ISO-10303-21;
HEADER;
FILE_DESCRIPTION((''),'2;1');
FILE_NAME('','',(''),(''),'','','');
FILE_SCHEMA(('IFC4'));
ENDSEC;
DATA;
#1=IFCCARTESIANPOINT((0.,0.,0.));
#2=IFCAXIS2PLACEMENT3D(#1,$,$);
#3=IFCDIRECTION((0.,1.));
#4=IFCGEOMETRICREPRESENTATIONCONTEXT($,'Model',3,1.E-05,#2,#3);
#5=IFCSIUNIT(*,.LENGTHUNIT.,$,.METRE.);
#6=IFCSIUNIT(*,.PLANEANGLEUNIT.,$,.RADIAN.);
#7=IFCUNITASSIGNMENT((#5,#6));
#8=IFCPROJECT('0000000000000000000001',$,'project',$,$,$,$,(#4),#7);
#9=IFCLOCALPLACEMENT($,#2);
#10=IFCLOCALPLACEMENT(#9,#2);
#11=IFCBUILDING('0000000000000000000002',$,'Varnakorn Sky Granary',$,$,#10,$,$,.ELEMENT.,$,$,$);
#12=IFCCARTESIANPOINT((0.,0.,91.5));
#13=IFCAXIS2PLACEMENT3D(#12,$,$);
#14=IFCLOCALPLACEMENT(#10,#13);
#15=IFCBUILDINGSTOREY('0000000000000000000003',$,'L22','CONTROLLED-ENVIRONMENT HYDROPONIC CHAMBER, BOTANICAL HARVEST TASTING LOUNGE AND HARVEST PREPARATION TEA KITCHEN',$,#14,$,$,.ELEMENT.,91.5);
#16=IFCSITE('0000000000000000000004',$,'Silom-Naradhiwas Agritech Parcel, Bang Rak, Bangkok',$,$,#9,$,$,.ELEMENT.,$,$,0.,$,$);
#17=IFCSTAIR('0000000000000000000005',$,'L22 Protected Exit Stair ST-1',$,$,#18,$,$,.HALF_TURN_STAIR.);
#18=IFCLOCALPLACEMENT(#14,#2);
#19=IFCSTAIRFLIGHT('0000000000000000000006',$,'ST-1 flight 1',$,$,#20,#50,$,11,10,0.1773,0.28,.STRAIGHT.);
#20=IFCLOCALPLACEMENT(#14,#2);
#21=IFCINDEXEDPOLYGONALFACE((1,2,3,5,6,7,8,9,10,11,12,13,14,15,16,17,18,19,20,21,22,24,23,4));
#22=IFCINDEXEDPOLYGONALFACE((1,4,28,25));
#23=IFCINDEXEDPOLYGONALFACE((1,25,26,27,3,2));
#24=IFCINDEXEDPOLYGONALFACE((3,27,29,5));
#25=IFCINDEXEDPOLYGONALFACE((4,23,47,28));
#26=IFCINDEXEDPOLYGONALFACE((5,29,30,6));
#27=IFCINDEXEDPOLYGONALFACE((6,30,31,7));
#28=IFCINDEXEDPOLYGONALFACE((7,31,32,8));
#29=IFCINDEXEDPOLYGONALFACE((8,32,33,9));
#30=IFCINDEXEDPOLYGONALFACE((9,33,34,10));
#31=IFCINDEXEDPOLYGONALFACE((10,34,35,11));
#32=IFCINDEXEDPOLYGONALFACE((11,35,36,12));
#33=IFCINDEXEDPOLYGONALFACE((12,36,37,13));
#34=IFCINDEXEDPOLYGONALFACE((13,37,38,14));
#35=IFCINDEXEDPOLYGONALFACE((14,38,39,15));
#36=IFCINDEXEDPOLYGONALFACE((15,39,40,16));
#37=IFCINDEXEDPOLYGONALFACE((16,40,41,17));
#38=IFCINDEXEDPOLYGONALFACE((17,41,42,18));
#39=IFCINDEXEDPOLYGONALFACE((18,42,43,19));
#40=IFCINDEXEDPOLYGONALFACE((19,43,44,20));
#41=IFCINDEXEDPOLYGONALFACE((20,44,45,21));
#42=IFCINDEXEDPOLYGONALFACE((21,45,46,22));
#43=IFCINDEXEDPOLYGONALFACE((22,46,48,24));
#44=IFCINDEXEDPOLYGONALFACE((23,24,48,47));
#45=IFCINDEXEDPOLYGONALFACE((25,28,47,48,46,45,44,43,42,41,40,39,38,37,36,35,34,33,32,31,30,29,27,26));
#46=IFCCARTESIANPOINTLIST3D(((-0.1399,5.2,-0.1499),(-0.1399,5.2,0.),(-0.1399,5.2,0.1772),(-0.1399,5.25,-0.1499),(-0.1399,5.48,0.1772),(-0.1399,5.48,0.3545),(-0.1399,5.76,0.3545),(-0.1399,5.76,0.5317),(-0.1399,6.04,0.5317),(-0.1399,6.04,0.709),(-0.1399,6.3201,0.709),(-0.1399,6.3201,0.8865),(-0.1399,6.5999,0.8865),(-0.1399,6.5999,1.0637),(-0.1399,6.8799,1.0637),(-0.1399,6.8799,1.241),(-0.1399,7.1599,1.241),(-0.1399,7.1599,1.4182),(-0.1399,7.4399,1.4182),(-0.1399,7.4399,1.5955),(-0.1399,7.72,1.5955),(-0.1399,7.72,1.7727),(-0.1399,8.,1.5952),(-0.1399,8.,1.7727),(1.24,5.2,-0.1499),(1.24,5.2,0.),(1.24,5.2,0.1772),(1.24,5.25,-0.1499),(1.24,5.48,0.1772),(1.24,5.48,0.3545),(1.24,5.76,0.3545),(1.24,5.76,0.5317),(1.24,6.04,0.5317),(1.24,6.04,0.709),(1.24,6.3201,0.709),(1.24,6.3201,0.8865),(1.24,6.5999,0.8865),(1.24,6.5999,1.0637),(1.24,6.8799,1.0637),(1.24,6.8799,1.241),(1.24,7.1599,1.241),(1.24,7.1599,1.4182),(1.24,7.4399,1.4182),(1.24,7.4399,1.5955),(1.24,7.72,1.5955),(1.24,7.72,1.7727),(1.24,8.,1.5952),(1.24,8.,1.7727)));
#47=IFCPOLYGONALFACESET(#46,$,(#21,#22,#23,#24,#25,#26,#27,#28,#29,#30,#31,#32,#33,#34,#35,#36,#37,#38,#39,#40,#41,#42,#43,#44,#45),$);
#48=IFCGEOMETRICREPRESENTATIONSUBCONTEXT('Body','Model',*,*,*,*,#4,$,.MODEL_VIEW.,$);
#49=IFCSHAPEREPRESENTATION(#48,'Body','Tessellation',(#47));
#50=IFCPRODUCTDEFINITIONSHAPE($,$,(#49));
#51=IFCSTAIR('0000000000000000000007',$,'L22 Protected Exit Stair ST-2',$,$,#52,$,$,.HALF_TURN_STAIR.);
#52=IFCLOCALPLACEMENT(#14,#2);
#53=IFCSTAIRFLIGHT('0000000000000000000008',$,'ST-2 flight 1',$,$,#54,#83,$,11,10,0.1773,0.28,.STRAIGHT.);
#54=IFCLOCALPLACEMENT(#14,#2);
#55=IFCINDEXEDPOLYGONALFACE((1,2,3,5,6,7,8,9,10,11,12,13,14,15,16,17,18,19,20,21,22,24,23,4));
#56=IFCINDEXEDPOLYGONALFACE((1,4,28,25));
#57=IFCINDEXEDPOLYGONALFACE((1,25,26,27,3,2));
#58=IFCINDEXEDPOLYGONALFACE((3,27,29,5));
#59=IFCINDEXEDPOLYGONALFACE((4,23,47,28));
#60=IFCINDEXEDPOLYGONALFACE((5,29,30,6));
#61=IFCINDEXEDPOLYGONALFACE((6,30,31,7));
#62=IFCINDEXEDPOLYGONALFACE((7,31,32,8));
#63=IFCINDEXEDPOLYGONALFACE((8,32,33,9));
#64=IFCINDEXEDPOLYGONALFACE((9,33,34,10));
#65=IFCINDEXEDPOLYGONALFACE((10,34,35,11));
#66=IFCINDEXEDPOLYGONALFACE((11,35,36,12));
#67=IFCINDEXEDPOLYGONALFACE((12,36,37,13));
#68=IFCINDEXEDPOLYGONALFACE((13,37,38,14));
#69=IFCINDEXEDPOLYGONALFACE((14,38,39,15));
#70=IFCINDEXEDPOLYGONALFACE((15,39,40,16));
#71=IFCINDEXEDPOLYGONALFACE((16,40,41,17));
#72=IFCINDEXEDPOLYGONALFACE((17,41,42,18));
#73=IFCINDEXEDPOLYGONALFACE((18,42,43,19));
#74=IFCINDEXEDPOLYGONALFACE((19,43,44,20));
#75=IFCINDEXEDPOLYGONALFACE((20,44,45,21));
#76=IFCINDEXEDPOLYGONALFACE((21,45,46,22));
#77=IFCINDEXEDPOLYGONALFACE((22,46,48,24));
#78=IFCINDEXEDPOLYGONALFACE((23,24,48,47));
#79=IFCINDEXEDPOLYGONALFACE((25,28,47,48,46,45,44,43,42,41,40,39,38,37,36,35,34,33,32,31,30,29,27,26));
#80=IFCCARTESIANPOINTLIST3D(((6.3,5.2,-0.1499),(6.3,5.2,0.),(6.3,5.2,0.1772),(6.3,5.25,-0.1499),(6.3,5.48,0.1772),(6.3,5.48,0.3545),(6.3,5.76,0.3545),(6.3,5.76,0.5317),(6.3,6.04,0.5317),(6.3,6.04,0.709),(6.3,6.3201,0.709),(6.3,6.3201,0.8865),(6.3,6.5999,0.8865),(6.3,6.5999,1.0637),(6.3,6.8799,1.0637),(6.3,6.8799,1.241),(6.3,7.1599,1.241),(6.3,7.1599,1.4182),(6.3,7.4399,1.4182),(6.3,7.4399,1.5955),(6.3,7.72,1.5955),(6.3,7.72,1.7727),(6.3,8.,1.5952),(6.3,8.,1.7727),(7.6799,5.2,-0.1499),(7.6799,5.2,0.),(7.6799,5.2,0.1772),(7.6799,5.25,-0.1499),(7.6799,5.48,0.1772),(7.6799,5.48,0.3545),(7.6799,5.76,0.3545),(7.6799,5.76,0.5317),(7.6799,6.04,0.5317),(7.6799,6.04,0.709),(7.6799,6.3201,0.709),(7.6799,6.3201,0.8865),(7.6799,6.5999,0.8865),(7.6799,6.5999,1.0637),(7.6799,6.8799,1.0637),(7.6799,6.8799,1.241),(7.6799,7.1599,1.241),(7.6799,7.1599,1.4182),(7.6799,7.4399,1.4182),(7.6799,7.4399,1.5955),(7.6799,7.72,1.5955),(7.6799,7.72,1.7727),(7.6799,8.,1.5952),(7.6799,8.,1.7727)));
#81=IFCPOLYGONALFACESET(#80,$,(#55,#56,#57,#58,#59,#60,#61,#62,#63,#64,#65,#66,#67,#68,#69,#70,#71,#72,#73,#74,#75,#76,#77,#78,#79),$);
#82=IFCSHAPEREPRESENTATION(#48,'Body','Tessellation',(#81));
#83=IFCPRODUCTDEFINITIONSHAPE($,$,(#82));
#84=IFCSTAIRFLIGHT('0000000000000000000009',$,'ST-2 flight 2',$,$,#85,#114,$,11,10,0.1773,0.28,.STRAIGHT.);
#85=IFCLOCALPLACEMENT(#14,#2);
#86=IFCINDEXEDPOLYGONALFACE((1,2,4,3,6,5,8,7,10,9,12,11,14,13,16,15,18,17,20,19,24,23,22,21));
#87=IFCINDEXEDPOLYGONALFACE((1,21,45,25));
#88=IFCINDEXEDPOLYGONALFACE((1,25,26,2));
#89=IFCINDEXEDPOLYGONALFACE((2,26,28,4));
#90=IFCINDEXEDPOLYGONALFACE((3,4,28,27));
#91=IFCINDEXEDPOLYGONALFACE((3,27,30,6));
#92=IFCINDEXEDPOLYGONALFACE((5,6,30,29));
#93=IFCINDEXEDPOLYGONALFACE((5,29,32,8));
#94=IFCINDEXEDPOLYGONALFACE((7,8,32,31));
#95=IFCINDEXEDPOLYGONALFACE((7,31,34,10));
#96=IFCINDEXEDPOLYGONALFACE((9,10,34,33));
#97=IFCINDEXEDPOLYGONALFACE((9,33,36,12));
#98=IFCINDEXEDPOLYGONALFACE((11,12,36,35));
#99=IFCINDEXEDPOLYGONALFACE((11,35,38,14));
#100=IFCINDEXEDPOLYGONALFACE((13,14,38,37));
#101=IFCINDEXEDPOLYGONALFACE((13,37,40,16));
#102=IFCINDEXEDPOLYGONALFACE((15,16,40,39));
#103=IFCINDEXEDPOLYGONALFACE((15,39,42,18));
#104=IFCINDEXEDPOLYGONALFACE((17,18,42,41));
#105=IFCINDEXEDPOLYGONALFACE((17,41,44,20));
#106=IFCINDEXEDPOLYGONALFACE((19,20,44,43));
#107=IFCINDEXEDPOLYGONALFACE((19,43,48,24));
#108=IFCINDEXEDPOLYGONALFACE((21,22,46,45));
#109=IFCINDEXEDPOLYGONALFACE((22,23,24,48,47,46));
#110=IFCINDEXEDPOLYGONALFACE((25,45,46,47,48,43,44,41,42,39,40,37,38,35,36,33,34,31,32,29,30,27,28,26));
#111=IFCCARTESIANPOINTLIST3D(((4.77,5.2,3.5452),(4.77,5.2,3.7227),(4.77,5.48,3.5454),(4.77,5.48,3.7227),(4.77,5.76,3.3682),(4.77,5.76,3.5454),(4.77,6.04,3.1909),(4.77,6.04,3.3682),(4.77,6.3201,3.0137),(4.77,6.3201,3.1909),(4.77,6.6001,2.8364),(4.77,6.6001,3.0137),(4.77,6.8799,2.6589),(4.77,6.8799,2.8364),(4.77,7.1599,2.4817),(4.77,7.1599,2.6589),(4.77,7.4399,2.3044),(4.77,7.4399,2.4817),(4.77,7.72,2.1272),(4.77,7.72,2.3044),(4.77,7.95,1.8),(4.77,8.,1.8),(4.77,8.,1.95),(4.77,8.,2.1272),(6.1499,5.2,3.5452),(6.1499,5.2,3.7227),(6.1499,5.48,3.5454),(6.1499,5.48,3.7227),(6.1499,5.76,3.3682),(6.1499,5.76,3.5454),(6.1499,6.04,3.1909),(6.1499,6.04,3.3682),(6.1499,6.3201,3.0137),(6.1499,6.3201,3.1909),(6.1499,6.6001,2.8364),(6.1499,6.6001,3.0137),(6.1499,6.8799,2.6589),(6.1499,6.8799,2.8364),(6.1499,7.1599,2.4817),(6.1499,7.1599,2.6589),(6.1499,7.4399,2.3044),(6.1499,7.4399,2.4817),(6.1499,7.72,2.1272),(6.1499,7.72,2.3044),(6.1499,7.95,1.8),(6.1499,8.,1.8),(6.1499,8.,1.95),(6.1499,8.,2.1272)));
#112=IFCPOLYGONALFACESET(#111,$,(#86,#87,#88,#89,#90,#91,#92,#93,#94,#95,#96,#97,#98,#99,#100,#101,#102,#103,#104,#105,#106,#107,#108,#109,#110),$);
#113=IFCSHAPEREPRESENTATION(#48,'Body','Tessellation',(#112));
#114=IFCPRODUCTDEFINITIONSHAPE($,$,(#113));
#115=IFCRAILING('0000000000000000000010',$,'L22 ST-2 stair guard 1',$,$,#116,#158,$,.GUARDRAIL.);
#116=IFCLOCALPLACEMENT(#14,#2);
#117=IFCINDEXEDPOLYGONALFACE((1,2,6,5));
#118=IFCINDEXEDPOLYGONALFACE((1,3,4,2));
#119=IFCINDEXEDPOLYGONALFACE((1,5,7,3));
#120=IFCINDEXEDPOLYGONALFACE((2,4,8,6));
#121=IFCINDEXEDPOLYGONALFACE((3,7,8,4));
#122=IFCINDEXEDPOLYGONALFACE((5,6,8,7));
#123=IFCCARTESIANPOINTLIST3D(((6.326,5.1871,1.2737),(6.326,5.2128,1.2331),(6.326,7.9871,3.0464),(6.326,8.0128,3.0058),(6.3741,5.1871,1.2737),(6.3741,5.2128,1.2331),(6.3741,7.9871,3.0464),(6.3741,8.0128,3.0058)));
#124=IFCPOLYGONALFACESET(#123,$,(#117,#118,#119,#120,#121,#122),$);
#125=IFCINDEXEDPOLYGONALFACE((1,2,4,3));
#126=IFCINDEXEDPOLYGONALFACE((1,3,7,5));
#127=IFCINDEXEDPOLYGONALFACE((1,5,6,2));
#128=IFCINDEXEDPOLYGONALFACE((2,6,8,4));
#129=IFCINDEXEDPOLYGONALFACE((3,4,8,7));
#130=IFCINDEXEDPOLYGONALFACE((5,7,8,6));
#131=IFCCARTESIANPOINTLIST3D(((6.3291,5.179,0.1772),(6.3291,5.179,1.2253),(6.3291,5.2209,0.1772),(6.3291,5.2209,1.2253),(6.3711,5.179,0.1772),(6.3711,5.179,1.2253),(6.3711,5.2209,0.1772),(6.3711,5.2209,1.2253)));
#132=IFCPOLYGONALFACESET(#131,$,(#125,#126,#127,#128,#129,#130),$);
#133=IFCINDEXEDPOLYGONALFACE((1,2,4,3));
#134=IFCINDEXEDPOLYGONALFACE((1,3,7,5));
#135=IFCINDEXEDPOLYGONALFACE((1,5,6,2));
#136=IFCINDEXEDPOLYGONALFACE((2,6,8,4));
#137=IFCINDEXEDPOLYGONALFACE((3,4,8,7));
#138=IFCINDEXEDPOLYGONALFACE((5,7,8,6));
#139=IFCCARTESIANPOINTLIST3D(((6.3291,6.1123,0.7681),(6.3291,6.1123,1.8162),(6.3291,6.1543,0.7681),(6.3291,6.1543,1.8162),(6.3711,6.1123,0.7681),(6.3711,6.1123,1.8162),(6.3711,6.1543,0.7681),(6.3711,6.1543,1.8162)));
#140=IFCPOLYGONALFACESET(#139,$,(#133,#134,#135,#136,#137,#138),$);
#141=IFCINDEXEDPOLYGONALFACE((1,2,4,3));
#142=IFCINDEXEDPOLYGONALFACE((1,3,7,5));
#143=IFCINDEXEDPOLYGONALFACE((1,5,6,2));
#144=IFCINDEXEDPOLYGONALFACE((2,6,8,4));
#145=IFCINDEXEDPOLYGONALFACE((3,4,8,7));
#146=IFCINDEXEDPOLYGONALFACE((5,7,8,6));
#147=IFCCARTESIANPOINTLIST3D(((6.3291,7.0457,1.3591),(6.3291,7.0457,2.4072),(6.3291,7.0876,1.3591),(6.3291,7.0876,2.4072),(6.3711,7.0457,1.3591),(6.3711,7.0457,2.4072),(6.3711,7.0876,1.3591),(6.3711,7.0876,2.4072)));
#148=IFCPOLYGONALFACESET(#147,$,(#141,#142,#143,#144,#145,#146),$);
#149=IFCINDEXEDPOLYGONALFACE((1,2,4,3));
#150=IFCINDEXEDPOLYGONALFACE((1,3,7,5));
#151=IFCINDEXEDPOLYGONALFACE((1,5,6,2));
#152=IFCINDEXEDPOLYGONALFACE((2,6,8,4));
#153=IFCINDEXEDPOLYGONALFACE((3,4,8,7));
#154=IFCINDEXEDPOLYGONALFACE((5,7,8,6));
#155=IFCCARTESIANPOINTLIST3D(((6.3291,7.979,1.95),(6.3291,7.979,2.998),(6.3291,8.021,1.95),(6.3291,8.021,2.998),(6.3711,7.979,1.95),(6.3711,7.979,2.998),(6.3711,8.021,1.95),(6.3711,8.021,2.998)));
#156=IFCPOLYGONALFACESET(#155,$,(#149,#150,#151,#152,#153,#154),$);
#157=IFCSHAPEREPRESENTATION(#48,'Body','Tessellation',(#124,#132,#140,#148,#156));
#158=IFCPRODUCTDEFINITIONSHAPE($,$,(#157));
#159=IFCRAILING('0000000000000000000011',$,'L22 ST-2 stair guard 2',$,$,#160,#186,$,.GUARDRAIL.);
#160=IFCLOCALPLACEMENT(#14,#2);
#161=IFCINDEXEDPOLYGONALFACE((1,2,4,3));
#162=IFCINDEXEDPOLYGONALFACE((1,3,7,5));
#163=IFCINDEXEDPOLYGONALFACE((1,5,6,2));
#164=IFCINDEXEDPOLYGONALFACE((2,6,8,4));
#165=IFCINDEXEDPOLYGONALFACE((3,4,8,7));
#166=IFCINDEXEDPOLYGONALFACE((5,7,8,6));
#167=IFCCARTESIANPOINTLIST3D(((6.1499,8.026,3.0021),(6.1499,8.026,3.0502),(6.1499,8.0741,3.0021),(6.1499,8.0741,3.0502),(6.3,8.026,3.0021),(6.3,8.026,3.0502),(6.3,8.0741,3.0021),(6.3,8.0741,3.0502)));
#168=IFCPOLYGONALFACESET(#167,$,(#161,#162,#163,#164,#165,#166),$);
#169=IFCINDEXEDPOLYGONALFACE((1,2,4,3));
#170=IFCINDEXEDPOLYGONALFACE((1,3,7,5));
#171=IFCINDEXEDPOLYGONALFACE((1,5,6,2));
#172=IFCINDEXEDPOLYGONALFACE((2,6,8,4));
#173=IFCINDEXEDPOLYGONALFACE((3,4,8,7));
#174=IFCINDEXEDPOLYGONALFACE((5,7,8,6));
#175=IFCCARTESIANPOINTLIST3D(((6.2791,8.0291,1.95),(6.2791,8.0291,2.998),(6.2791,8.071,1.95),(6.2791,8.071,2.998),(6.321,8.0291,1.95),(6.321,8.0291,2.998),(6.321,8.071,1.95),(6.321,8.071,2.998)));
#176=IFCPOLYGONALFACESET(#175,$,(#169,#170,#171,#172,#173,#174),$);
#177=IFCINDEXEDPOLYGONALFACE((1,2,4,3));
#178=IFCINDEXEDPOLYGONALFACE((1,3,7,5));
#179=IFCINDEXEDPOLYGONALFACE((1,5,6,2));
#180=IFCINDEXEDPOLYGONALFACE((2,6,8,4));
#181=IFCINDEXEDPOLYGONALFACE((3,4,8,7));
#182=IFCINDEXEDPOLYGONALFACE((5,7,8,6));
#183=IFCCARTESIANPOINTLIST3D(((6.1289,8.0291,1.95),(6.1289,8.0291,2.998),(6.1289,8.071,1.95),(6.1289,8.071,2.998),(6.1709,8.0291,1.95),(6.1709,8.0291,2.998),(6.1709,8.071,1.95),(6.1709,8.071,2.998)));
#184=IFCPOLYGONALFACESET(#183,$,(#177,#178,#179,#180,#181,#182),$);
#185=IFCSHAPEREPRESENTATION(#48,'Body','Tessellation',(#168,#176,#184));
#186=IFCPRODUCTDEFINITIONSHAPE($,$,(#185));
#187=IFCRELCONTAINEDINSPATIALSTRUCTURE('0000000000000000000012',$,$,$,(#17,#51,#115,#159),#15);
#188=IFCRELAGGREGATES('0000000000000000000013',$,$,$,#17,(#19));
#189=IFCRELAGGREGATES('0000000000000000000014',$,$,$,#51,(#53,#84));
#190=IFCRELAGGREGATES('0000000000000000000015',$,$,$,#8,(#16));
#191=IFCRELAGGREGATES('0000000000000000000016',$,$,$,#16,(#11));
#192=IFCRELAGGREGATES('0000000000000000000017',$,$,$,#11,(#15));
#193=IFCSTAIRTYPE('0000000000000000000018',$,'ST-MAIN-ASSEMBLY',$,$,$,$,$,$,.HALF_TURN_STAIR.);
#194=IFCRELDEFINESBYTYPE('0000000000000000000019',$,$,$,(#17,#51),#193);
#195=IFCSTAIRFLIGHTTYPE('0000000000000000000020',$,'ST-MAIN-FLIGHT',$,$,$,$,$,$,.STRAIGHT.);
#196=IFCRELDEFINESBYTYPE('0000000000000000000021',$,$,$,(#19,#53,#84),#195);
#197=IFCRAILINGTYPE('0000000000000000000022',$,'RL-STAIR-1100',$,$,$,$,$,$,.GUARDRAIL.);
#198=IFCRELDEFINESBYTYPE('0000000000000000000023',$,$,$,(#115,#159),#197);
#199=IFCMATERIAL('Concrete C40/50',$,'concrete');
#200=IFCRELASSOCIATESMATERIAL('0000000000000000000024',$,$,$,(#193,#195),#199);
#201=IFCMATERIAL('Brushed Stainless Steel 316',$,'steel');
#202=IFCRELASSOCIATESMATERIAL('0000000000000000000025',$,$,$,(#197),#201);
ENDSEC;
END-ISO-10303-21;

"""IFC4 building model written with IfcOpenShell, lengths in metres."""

from ifc_helpers import new_model, si_unit, direction, frame, origin, origin_2d, place, context, subcontext, project, spatial, polyline, rectangle, outline, extrude, material, type_object, element, aggregate, save


model = new_model("IFC4")

# Units and contexts
model_context = context("Model", 3, precision=1e-05, world=origin(), true_north=direction((0.0, 1.0)))
body_context = subcontext(model_context, "Body", "Model", "MODEL_VIEW")
ifc_project = project(units=[si_unit("LENGTHUNIT", "METRE"), si_unit("PLANEANGLEUNIT", "RADIAN")], contexts=[model_context])

# Site, building, storey
site_placement = place(None, origin())
site = spatial("IfcSite", under=ifc_project, at=site_placement, Name="Silom-Naradhiwas Agritech Parcel, Bang Rak, Bangkok", CompositionType="ELEMENT", RefElevation=0.0)
building_placement = place(site_placement, origin())
building = spatial("IfcBuilding", under=site, at=building_placement, Name="Varnakorn Sky Granary", CompositionType="ELEMENT")
storey_placement = place(building_placement, frame((0.0, 0.0, 91.5)))
storey = spatial("IfcBuildingStorey", under=building, at=storey_placement, Name="L22", Description="CONTROLLED-ENVIRONMENT HYDROPONIC CHAMBER, BOTANICAL HARVEST TASTING LOUNGE AND HARVEST PREPARATION TEA KITCHEN", CompositionType="ELEMENT", Elevation=91.5)

# Stair, stair flight
ifc_material_1 = material(Name="Concrete C40/50", Category="concrete")
stair_type = type_object("IfcStairType", Name="ST-MAIN-ASSEMBLY", PredefinedType="HALF_TURN_STAIR", material=ifc_material_1)
stair_1_placement = place(storey_placement, origin())
stair_1 = element("IfcStair", 1, at=stair_1_placement, inside=storey, type_object=stair_type, Name="L22 Protected Exit Stair ST-1", PredefinedType="HALF_TURN_STAIR")
stair_flight_type = type_object("IfcStairFlightType", Name="ST-MAIN-FLIGHT", PredefinedType="STRAIGHT", material=ifc_material_1)
stair_flight_1_placement = place(storey_placement, frame((0.55, 5.2, 0.0), z_axis=(0.0, 0.0, 1.0), x_axis=(0.0, 1.0, 0.0)))
stair_flight_1 = element("IfcStairFlight", 2, at=stair_flight_1_placement, type_object=stair_flight_type, Name="ST-1 flight 1", NumberOfRisers=11, NumberOfTreads=10, PredefinedType="STRAIGHT", RiserHeight=0.1773, TreadLength=0.28, context=body_context, shape_type="SweptSolid", body=[
    extrude(outline(polyline([(0.0, -0.1499), (0.0, 0.0), (0.0, 0.1772), (0.28, 0.1772), (0.28, 0.3545), (0.5601, 0.3545), (0.5601, 0.5317), (0.8401, 0.5317), (0.8401, 0.709), (1.1201, 0.709), (1.1201, 0.8865), (1.3999, 0.8865), (1.3999, 1.0637), (1.6799, 1.0637), (1.6799, 1.241), (1.96, 1.241), (1.96, 1.4182), (2.24, 1.4182), (2.24, 1.5955), (2.52, 1.5955), (2.52, 1.7727), (2.8, 1.7727), (2.8, 1.95), (2.8, 1.5952), (0.05, -0.1499), (0.0, -0.1499)])), frame((0.0, 0.6899, 0.0), z_axis=(0.0, -1.0, 0.0), x_axis=(1.0, 0.0, 0.0)), (0.0, 0.0, 1.0), 1.3799),
])
aggregate(stair_1, [stair_flight_1])

# Stair, stair flights
stair_2_placement = place(storey_placement, origin())
stair_2 = element("IfcStair", 3, at=stair_2_placement, inside=storey, type_object=stair_type, Name="L22 Protected Exit Stair ST-2", PredefinedType="HALF_TURN_STAIR")
stair_flight_2_placement = place(storey_placement, frame((6.99, 5.2, 0.0), z_axis=(0.0, 0.0, 1.0), x_axis=(0.0, 1.0, 0.0)))
stair_flight_2 = element("IfcStairFlight", 4, at=stair_flight_2_placement, type_object=stair_flight_type, Name="ST-2 flight 1", NumberOfRisers=11, NumberOfTreads=10, PredefinedType="STRAIGHT", RiserHeight=0.1773, TreadLength=0.28, context=body_context, shape_type="SweptSolid", body=[
    extrude(outline(polyline([(0.0, -0.1499), (0.0, 0.0), (0.0, 0.1772), (0.28, 0.1772), (0.28, 0.3545), (0.5601, 0.3545), (0.5601, 0.5317), (0.8401, 0.5317), (0.8401, 0.709), (1.1201, 0.709), (1.1201, 0.8865), (1.3999, 0.8865), (1.3999, 1.0637), (1.6799, 1.0637), (1.6799, 1.241), (1.96, 1.241), (1.96, 1.4182), (2.24, 1.4182), (2.24, 1.5955), (2.52, 1.5955), (2.52, 1.7727), (2.8, 1.7727), (2.8, 1.95), (2.8, 1.5952), (0.05, -0.1499), (0.0, -0.1499)])), frame((0.0, 0.6899, 0.0), z_axis=(0.0, -1.0, 0.0), x_axis=(1.0, 0.0, 0.0)), (0.0, 0.0, 1.0), 1.3799),
])
stair_flight_3_placement = place(storey_placement, frame((5.46, 8.0, 1.95), z_axis=(0.0, 0.0, 1.0), x_axis=(0.0, -1.0, 0.0)))
stair_flight_3 = element("IfcStairFlight", 5, at=stair_flight_3_placement, type_object=stair_flight_type, Name="ST-2 flight 2", NumberOfRisers=11, NumberOfTreads=10, PredefinedType="STRAIGHT", RiserHeight=0.1773, TreadLength=0.28, context=body_context, shape_type="SweptSolid", body=[
    extrude(outline(polyline([(0.0, -0.1499), (0.0, 0.0), (0.0, 0.1772), (0.28, 0.1772), (0.28, 0.3545), (0.5601, 0.3545), (0.5601, 0.5317), (0.8401, 0.5317), (0.8401, 0.709), (1.1201, 0.709), (1.1201, 0.8865), (1.3999, 0.8865), (1.3999, 1.0637), (1.6799, 1.0637), (1.6799, 1.241), (1.96, 1.241), (1.96, 1.4182), (2.24, 1.4182), (2.24, 1.5955), (2.52, 1.5955), (2.52, 1.7727), (2.8, 1.7727), (2.8, 1.95), (2.8, 1.5952), (0.05, -0.1499), (0.0, -0.1499)])), frame((0.0, 0.6899, 0.0), z_axis=(0.0, -1.0, 0.0), x_axis=(1.0, 0.0, 0.0)), (0.0, 0.0, 1.0), 1.3799),
])
aggregate(stair_2, [stair_flight_2, stair_flight_3])

# Railings
ifc_material_2 = material(Name="Brushed Stainless Steel 316", Category="steel")
railing_type_1 = type_object("IfcRailingType", Name="RL-STAIR-1100", PredefinedType="GUARDRAIL", material=ifc_material_2)
railing_1_placement = place(storey_placement, frame((6.3501, 5.2, 0.1772)))
element("IfcRailing", 6, at=railing_1_placement, inside=storey, type_object=railing_type_1, Name="L22 ST-2 stair guard 1", PredefinedType="GUARDRAIL", context=body_context, shape_type="SweptSolid", body=[
    extrude(rectangle(XDim=0.0481, YDim=0.0481, at=origin_2d()), frame((0.0, 0.0, 1.0762), z_axis=(0.0, 0.844909, 0.53491), x_axis=(-1.0, 0.0, 0.0)), (0.0, 0.0, 1.0), 3.314),
    extrude(rectangle(XDim=0.042, YDim=0.042, at=origin_2d()), origin(), (0.0, 0.0, 1.0), 1.0481),
    extrude(rectangle(XDim=0.042, YDim=0.042, at=origin_2d()), frame((0.0, 0.9333, 0.5908)), (0.0, 0.0, 1.0), 1.0481),
    extrude(rectangle(XDim=0.042, YDim=0.042, at=origin_2d()), frame((0.0, 1.8667, 1.1819)), (0.0, 0.0, 1.0), 1.0481),
    extrude(rectangle(XDim=0.042, YDim=0.042, at=origin_2d()), frame((0.0, 2.8, 1.7727)), (0.0, 0.0, 1.0), 1.0481),
])
railing_2_placement = place(storey_placement, frame((6.3, 8.05, 1.95)))
element("IfcRailing", 7, at=railing_2_placement, inside=storey, type_object=railing_type_1, Name="L22 ST-2 stair guard 2", PredefinedType="GUARDRAIL", context=body_context, shape_type="SweptSolid", body=[
    extrude(rectangle(XDim=0.0481, YDim=0.0481, at=origin_2d()), frame((0.0, 0.0, 1.0762), z_axis=(-1.0, 0.0, 0.0), x_axis=(0.0, -1.0, 0.0)), (0.0, 0.0, 1.0), 0.1501),
    extrude(rectangle(XDim=0.042, YDim=0.042, at=origin_2d()), origin(), (0.0, 0.0, 1.0), 1.0481),
    extrude(rectangle(XDim=0.042, YDim=0.042, at=origin_2d()), frame((-0.1501, 0.0, 0.0)), (0.0, 0.0, 1.0), 1.0481),
])

save(model, "model.ifc")
